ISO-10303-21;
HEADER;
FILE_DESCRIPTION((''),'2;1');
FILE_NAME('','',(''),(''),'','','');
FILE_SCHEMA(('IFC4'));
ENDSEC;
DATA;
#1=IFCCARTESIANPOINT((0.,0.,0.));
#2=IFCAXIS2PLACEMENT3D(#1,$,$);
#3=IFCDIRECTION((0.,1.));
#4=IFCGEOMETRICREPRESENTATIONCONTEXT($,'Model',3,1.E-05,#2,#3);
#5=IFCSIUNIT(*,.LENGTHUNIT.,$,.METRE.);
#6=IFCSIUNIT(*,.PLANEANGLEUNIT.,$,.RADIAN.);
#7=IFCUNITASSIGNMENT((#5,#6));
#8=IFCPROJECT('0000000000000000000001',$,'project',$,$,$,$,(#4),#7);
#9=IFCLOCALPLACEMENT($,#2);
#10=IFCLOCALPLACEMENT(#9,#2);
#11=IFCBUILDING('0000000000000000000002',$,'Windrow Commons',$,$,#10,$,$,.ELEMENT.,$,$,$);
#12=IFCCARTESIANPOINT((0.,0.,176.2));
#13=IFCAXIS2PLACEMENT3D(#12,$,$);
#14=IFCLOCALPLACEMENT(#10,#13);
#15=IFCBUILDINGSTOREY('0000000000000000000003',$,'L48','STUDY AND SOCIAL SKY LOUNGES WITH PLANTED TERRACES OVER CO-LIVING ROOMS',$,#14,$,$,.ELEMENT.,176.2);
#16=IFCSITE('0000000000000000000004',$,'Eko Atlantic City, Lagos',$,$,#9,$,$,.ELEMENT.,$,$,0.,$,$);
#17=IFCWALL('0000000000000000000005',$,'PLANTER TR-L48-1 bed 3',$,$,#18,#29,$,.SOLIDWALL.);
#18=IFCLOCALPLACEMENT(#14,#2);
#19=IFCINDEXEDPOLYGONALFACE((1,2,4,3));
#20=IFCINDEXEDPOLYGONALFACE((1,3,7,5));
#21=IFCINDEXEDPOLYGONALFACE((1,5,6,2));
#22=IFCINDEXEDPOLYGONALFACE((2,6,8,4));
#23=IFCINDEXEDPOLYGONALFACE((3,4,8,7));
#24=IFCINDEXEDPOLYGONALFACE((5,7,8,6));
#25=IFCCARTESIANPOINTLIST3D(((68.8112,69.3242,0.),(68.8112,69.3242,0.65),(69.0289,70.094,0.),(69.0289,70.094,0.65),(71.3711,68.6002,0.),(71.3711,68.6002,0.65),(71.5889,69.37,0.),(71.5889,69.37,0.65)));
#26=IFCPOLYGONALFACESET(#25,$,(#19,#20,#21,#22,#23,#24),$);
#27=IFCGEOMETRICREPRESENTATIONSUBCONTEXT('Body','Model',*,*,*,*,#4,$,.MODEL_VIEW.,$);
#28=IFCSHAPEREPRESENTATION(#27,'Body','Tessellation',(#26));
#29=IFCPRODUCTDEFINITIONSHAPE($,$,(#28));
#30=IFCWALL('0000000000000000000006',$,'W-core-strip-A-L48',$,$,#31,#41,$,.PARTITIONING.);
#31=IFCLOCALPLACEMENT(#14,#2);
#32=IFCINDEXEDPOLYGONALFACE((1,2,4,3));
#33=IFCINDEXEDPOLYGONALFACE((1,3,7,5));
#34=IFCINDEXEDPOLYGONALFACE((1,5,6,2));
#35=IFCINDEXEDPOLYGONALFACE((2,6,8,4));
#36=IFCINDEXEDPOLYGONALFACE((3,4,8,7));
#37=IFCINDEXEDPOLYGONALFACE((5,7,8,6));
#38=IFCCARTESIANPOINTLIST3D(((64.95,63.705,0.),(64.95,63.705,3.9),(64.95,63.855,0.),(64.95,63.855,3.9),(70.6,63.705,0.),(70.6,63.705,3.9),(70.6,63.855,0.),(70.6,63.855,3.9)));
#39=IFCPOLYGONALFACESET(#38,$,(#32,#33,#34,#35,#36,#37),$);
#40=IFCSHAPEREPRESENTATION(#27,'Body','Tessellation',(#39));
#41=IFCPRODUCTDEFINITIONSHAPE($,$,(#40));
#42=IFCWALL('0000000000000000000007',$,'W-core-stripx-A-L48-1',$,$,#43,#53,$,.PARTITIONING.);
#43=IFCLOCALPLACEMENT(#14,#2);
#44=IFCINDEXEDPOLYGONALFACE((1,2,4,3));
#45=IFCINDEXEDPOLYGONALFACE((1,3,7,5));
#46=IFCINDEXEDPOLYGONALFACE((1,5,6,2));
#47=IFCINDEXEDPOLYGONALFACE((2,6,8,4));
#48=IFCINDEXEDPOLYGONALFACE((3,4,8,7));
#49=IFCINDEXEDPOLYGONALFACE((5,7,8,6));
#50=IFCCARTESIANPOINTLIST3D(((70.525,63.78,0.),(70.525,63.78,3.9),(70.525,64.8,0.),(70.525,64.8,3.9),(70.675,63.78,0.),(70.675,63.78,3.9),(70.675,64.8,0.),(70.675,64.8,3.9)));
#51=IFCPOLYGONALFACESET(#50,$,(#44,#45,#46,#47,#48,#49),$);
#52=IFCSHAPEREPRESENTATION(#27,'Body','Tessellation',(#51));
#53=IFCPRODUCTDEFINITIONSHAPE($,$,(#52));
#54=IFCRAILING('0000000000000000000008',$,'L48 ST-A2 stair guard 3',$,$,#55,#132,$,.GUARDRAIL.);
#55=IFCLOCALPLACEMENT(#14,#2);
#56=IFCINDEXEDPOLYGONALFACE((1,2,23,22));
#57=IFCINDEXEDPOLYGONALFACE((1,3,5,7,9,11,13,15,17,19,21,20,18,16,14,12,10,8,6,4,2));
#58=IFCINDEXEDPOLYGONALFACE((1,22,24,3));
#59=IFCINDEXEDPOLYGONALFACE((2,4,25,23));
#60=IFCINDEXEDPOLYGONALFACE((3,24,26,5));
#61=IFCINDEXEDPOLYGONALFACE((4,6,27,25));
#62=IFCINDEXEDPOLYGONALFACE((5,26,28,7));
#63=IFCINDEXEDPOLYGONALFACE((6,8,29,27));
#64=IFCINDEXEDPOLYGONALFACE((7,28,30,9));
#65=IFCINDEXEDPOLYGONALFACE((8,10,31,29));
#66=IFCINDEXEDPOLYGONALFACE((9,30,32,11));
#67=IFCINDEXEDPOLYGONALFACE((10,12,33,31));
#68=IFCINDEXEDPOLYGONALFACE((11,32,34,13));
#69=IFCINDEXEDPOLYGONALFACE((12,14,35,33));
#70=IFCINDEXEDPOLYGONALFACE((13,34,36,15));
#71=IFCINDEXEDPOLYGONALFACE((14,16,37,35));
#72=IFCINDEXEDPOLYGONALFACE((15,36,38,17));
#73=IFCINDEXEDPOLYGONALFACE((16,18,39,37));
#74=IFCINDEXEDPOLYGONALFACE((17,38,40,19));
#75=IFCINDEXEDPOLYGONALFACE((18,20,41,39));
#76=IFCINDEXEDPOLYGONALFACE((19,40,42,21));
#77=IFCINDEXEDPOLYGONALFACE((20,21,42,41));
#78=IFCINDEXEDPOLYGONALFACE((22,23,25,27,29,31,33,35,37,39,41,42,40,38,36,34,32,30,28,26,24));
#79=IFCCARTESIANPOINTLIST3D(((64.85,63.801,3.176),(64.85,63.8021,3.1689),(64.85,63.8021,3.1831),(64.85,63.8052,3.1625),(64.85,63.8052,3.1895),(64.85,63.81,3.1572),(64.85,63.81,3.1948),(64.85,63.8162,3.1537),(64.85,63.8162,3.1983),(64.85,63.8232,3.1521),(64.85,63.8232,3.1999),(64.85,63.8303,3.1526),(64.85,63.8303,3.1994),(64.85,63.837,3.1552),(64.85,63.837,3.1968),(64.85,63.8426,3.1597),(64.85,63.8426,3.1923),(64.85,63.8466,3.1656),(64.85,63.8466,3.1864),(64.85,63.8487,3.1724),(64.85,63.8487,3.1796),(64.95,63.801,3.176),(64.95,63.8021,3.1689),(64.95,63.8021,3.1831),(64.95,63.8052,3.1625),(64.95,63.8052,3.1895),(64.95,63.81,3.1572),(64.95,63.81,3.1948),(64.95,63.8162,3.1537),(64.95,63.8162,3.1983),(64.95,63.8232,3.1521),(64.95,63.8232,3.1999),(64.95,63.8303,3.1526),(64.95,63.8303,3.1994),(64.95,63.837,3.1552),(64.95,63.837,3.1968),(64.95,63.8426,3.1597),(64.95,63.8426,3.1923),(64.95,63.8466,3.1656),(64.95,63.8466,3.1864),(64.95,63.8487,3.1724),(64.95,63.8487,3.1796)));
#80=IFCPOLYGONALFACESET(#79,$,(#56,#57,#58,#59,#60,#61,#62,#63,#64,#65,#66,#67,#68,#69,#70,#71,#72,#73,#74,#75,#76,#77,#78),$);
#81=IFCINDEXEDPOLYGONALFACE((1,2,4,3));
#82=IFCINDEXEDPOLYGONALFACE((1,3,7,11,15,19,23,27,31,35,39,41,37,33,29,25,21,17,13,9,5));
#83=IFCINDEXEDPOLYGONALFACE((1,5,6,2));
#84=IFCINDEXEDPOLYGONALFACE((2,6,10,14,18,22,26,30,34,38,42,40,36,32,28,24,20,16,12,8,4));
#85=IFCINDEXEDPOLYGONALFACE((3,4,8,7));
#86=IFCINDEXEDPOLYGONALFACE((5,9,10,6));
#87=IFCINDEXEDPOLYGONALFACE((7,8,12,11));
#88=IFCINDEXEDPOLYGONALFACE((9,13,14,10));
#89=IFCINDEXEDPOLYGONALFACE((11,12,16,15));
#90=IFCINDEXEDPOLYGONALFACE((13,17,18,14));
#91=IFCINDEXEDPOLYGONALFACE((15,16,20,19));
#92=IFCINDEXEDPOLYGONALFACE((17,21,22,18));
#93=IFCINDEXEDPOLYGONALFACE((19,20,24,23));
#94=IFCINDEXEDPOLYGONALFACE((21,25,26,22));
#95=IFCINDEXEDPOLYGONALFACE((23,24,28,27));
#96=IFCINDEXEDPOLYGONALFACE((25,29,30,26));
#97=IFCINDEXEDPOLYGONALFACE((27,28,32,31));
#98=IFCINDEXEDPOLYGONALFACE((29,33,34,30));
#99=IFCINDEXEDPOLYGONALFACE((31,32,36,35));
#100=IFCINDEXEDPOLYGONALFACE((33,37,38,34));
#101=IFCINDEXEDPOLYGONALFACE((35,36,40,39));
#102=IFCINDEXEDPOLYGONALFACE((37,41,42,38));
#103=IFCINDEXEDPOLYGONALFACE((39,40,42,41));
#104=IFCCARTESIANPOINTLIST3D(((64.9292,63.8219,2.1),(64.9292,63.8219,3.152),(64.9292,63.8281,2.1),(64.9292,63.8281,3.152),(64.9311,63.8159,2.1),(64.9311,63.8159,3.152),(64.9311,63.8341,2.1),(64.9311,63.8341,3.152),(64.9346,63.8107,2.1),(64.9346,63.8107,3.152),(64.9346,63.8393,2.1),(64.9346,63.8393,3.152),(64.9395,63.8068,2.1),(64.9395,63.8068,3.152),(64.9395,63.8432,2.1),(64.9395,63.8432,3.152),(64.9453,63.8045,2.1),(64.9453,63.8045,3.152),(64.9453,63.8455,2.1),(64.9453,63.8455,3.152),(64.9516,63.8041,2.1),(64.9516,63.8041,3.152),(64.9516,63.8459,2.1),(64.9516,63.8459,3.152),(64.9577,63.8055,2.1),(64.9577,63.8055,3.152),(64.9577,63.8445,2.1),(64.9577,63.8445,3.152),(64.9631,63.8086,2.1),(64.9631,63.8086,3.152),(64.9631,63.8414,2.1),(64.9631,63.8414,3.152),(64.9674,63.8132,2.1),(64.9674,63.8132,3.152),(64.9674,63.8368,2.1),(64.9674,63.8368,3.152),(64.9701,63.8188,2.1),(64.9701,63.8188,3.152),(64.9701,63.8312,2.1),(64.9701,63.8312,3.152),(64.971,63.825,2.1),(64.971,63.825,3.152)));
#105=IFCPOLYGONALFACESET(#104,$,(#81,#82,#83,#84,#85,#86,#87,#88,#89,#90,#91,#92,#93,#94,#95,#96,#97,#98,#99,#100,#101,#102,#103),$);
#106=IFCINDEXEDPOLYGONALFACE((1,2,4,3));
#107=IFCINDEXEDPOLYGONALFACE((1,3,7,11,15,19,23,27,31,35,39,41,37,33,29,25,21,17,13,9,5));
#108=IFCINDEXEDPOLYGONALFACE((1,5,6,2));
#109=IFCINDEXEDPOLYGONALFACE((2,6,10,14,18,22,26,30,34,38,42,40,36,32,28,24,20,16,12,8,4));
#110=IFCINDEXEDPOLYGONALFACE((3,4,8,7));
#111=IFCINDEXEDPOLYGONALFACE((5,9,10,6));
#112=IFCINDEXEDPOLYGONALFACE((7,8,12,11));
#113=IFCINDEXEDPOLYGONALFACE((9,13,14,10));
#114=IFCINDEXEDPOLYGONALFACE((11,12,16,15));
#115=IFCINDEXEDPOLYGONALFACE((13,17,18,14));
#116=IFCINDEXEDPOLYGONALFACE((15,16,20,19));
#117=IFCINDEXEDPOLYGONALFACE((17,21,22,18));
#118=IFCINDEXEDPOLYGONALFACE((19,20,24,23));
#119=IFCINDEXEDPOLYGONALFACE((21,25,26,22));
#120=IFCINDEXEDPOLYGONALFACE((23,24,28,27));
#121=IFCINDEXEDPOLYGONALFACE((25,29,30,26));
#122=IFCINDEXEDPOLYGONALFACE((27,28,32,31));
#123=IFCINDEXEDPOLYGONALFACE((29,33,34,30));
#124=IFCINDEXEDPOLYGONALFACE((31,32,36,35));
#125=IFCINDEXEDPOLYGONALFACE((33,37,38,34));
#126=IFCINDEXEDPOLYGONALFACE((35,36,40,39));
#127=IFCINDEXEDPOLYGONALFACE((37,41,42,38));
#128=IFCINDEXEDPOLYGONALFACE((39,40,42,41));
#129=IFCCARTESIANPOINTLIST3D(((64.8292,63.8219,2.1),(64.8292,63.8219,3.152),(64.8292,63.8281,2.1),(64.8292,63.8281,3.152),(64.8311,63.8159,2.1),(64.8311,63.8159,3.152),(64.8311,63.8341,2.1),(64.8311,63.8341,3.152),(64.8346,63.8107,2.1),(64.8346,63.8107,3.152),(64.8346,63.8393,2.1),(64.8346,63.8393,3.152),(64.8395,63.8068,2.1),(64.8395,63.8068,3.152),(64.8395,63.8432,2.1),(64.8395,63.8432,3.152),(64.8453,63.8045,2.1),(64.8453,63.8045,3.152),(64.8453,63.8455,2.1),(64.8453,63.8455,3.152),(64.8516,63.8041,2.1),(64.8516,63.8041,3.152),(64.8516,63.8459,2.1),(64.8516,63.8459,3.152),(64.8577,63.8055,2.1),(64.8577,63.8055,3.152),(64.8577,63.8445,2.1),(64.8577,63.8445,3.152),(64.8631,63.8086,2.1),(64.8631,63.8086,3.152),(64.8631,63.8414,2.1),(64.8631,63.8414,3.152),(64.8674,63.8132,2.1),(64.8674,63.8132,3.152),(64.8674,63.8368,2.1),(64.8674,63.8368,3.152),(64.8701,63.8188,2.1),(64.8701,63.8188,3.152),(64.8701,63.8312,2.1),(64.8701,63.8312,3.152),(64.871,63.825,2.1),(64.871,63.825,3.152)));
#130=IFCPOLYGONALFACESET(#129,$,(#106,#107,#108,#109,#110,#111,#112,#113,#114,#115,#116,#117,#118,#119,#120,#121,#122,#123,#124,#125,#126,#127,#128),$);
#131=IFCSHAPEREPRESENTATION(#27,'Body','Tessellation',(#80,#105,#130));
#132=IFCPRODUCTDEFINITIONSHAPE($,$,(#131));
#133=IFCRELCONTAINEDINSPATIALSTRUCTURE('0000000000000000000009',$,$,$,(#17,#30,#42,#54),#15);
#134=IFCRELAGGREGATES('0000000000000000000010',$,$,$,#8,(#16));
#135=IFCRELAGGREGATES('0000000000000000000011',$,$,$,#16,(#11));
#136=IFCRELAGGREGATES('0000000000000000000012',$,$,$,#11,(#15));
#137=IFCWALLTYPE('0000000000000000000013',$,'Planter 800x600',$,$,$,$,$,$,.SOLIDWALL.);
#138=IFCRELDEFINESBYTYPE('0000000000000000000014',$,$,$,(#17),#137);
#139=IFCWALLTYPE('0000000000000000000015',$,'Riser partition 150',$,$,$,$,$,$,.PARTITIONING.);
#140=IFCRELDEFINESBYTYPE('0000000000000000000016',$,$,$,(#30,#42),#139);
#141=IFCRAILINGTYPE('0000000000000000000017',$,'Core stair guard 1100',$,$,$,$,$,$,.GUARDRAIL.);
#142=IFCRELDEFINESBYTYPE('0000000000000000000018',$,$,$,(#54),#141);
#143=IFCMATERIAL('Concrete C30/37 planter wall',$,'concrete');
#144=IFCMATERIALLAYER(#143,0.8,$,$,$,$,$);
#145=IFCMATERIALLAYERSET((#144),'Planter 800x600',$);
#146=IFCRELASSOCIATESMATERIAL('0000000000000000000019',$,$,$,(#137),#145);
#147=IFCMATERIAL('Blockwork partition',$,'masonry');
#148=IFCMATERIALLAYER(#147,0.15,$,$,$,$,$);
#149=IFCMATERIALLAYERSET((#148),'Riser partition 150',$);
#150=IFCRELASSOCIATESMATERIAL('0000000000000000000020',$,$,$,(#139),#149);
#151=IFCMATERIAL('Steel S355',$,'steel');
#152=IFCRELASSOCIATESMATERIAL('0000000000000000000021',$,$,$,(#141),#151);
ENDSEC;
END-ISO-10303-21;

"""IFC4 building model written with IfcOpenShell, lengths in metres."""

from ifc_helpers import new_model, si_unit, direction, frame, frame_2d, origin, origin_2d, place, context, subcontext, project, spatial, rectangle, circle, extrude, material, layer, layer_set, type_object, element, save


model = new_model("IFC4")

# Units and contexts
model_context = context("Model", 3, precision=1e-05, world=origin(), true_north=direction((0.0, 1.0)))
body_context = subcontext(model_context, "Body", "Model", "MODEL_VIEW")
ifc_project = project(units=[si_unit("LENGTHUNIT", "METRE"), si_unit("PLANEANGLEUNIT", "RADIAN")], contexts=[model_context])

# Site, building, storey
site_placement = place(None, origin())
site = spatial("IfcSite", under=ifc_project, at=site_placement, Name="Eko Atlantic City, Lagos", CompositionType="ELEMENT", RefElevation=0.0)
building_placement = place(site_placement, origin())
building = spatial("IfcBuilding", under=site, at=building_placement, Name="Windrow Commons", CompositionType="ELEMENT")
storey_placement = place(building_placement, frame((0.0, 0.0, 176.2)))
storey = spatial("IfcBuildingStorey", under=building, at=storey_placement, Name="L48", Description="STUDY AND SOCIAL SKY LOUNGES WITH PLANTED TERRACES OVER CO-LIVING ROOMS", CompositionType="ELEMENT", Elevation=176.2)

# Walls
ifc_material_1 = material(Name="Concrete C30/37 planter wall", Category="concrete")
ifc_layer_1 = layer(ifc_material_1, 0.8)
ifc_layer_set_1 = layer_set([ifc_layer_1], Name="Planter 800x600")
wall_type_1 = type_object("IfcWallType", Name="Planter 800x600", PredefinedType="SOLIDWALL", material=ifc_layer_set_1)
wall_1_placement = place(storey_placement, frame((71.48, 68.9851, 0.0), z_axis=(0.0, 0.0, 1.0), x_axis=(-0.962258, 0.272139, 0.0)))
element("IfcWall", 1, at=wall_1_placement, inside=storey, type_object=wall_type_1, Name="PLANTER TR-L48-1 bed 3", PredefinedType="SOLIDWALL", context=body_context, shape_type="SweptSolid", body=[
    extrude(rectangle(XDim=2.6604, YDim=0.8, at=frame_2d((1.3302, 0.0))), origin(), (0.0, 0.0, 1.0), 0.65),
])
ifc_material_2 = material(Name="Blockwork partition", Category="masonry")
ifc_layer_2 = layer(ifc_material_2, 0.15)
ifc_layer_set_2 = layer_set([ifc_layer_2], Name="Riser partition 150")
wall_type_2 = type_object("IfcWallType", Name="Riser partition 150", PredefinedType="PARTITIONING", material=ifc_layer_set_2)
wall_2_placement = place(storey_placement, frame((64.95, 63.78, 0.0), z_axis=(0.0, 0.0, 1.0), x_axis=(1.0, 0.0, 0.0)))
element("IfcWall", 2, at=wall_2_placement, inside=storey, type_object=wall_type_2, Name="W-core-strip-A-L48", PredefinedType="PARTITIONING", context=body_context, shape_type="SweptSolid", body=[
    extrude(rectangle(XDim=5.65, YDim=0.15, at=frame_2d((2.825, 0.0))), origin(), (0.0, 0.0, 1.0), 3.9),
])
wall_3_placement = place(storey_placement, frame((70.6, 63.78, 0.0), z_axis=(0.0, 0.0, 1.0), x_axis=(0.0, 1.0, 0.0)))
element("IfcWall", 3, at=wall_3_placement, inside=storey, type_object=wall_type_2, Name="W-core-stripx-A-L48-1", PredefinedType="PARTITIONING", context=body_context, shape_type="SweptSolid", body=[
    extrude(rectangle(XDim=1.02, YDim=0.15, at=frame_2d((0.51, 0.0))), origin(), (0.0, 0.0, 1.0), 3.9),
])

# Railing
ifc_material_3 = material(Name="Steel S355", Category="steel")
railing_type_1 = type_object("IfcRailingType", Name="Core stair guard 1100", PredefinedType="GUARDRAIL", material=ifc_material_3)
railing_1_placement = place(storey_placement, frame((64.95, 63.825, 2.1)))
element("IfcRailing", 4, at=railing_1_placement, inside=storey, type_object=railing_type_1, Name="L48 ST-A2 stair guard 3", PredefinedType="GUARDRAIL", context=body_context, shape_type="SweptSolid", body=[
    extrude(circle(Radius=0.024, at=origin_2d()), frame((0.0, 0.0, 1.076), z_axis=(-1.0, 0.0, 0.0), x_axis=(0.0, -1.0, 0.0)), (0.0, 0.0, 1.0), 0.1),
    extrude(circle(Radius=0.021, at=origin_2d()), origin(), (0.0, 0.0, 1.0), 1.052),
    extrude(circle(Radius=0.021, at=origin_2d()), frame((-0.1, 0.0, 0.0)), (0.0, 0.0, 1.0), 1.052),
])

save(model, "model.ifc")
